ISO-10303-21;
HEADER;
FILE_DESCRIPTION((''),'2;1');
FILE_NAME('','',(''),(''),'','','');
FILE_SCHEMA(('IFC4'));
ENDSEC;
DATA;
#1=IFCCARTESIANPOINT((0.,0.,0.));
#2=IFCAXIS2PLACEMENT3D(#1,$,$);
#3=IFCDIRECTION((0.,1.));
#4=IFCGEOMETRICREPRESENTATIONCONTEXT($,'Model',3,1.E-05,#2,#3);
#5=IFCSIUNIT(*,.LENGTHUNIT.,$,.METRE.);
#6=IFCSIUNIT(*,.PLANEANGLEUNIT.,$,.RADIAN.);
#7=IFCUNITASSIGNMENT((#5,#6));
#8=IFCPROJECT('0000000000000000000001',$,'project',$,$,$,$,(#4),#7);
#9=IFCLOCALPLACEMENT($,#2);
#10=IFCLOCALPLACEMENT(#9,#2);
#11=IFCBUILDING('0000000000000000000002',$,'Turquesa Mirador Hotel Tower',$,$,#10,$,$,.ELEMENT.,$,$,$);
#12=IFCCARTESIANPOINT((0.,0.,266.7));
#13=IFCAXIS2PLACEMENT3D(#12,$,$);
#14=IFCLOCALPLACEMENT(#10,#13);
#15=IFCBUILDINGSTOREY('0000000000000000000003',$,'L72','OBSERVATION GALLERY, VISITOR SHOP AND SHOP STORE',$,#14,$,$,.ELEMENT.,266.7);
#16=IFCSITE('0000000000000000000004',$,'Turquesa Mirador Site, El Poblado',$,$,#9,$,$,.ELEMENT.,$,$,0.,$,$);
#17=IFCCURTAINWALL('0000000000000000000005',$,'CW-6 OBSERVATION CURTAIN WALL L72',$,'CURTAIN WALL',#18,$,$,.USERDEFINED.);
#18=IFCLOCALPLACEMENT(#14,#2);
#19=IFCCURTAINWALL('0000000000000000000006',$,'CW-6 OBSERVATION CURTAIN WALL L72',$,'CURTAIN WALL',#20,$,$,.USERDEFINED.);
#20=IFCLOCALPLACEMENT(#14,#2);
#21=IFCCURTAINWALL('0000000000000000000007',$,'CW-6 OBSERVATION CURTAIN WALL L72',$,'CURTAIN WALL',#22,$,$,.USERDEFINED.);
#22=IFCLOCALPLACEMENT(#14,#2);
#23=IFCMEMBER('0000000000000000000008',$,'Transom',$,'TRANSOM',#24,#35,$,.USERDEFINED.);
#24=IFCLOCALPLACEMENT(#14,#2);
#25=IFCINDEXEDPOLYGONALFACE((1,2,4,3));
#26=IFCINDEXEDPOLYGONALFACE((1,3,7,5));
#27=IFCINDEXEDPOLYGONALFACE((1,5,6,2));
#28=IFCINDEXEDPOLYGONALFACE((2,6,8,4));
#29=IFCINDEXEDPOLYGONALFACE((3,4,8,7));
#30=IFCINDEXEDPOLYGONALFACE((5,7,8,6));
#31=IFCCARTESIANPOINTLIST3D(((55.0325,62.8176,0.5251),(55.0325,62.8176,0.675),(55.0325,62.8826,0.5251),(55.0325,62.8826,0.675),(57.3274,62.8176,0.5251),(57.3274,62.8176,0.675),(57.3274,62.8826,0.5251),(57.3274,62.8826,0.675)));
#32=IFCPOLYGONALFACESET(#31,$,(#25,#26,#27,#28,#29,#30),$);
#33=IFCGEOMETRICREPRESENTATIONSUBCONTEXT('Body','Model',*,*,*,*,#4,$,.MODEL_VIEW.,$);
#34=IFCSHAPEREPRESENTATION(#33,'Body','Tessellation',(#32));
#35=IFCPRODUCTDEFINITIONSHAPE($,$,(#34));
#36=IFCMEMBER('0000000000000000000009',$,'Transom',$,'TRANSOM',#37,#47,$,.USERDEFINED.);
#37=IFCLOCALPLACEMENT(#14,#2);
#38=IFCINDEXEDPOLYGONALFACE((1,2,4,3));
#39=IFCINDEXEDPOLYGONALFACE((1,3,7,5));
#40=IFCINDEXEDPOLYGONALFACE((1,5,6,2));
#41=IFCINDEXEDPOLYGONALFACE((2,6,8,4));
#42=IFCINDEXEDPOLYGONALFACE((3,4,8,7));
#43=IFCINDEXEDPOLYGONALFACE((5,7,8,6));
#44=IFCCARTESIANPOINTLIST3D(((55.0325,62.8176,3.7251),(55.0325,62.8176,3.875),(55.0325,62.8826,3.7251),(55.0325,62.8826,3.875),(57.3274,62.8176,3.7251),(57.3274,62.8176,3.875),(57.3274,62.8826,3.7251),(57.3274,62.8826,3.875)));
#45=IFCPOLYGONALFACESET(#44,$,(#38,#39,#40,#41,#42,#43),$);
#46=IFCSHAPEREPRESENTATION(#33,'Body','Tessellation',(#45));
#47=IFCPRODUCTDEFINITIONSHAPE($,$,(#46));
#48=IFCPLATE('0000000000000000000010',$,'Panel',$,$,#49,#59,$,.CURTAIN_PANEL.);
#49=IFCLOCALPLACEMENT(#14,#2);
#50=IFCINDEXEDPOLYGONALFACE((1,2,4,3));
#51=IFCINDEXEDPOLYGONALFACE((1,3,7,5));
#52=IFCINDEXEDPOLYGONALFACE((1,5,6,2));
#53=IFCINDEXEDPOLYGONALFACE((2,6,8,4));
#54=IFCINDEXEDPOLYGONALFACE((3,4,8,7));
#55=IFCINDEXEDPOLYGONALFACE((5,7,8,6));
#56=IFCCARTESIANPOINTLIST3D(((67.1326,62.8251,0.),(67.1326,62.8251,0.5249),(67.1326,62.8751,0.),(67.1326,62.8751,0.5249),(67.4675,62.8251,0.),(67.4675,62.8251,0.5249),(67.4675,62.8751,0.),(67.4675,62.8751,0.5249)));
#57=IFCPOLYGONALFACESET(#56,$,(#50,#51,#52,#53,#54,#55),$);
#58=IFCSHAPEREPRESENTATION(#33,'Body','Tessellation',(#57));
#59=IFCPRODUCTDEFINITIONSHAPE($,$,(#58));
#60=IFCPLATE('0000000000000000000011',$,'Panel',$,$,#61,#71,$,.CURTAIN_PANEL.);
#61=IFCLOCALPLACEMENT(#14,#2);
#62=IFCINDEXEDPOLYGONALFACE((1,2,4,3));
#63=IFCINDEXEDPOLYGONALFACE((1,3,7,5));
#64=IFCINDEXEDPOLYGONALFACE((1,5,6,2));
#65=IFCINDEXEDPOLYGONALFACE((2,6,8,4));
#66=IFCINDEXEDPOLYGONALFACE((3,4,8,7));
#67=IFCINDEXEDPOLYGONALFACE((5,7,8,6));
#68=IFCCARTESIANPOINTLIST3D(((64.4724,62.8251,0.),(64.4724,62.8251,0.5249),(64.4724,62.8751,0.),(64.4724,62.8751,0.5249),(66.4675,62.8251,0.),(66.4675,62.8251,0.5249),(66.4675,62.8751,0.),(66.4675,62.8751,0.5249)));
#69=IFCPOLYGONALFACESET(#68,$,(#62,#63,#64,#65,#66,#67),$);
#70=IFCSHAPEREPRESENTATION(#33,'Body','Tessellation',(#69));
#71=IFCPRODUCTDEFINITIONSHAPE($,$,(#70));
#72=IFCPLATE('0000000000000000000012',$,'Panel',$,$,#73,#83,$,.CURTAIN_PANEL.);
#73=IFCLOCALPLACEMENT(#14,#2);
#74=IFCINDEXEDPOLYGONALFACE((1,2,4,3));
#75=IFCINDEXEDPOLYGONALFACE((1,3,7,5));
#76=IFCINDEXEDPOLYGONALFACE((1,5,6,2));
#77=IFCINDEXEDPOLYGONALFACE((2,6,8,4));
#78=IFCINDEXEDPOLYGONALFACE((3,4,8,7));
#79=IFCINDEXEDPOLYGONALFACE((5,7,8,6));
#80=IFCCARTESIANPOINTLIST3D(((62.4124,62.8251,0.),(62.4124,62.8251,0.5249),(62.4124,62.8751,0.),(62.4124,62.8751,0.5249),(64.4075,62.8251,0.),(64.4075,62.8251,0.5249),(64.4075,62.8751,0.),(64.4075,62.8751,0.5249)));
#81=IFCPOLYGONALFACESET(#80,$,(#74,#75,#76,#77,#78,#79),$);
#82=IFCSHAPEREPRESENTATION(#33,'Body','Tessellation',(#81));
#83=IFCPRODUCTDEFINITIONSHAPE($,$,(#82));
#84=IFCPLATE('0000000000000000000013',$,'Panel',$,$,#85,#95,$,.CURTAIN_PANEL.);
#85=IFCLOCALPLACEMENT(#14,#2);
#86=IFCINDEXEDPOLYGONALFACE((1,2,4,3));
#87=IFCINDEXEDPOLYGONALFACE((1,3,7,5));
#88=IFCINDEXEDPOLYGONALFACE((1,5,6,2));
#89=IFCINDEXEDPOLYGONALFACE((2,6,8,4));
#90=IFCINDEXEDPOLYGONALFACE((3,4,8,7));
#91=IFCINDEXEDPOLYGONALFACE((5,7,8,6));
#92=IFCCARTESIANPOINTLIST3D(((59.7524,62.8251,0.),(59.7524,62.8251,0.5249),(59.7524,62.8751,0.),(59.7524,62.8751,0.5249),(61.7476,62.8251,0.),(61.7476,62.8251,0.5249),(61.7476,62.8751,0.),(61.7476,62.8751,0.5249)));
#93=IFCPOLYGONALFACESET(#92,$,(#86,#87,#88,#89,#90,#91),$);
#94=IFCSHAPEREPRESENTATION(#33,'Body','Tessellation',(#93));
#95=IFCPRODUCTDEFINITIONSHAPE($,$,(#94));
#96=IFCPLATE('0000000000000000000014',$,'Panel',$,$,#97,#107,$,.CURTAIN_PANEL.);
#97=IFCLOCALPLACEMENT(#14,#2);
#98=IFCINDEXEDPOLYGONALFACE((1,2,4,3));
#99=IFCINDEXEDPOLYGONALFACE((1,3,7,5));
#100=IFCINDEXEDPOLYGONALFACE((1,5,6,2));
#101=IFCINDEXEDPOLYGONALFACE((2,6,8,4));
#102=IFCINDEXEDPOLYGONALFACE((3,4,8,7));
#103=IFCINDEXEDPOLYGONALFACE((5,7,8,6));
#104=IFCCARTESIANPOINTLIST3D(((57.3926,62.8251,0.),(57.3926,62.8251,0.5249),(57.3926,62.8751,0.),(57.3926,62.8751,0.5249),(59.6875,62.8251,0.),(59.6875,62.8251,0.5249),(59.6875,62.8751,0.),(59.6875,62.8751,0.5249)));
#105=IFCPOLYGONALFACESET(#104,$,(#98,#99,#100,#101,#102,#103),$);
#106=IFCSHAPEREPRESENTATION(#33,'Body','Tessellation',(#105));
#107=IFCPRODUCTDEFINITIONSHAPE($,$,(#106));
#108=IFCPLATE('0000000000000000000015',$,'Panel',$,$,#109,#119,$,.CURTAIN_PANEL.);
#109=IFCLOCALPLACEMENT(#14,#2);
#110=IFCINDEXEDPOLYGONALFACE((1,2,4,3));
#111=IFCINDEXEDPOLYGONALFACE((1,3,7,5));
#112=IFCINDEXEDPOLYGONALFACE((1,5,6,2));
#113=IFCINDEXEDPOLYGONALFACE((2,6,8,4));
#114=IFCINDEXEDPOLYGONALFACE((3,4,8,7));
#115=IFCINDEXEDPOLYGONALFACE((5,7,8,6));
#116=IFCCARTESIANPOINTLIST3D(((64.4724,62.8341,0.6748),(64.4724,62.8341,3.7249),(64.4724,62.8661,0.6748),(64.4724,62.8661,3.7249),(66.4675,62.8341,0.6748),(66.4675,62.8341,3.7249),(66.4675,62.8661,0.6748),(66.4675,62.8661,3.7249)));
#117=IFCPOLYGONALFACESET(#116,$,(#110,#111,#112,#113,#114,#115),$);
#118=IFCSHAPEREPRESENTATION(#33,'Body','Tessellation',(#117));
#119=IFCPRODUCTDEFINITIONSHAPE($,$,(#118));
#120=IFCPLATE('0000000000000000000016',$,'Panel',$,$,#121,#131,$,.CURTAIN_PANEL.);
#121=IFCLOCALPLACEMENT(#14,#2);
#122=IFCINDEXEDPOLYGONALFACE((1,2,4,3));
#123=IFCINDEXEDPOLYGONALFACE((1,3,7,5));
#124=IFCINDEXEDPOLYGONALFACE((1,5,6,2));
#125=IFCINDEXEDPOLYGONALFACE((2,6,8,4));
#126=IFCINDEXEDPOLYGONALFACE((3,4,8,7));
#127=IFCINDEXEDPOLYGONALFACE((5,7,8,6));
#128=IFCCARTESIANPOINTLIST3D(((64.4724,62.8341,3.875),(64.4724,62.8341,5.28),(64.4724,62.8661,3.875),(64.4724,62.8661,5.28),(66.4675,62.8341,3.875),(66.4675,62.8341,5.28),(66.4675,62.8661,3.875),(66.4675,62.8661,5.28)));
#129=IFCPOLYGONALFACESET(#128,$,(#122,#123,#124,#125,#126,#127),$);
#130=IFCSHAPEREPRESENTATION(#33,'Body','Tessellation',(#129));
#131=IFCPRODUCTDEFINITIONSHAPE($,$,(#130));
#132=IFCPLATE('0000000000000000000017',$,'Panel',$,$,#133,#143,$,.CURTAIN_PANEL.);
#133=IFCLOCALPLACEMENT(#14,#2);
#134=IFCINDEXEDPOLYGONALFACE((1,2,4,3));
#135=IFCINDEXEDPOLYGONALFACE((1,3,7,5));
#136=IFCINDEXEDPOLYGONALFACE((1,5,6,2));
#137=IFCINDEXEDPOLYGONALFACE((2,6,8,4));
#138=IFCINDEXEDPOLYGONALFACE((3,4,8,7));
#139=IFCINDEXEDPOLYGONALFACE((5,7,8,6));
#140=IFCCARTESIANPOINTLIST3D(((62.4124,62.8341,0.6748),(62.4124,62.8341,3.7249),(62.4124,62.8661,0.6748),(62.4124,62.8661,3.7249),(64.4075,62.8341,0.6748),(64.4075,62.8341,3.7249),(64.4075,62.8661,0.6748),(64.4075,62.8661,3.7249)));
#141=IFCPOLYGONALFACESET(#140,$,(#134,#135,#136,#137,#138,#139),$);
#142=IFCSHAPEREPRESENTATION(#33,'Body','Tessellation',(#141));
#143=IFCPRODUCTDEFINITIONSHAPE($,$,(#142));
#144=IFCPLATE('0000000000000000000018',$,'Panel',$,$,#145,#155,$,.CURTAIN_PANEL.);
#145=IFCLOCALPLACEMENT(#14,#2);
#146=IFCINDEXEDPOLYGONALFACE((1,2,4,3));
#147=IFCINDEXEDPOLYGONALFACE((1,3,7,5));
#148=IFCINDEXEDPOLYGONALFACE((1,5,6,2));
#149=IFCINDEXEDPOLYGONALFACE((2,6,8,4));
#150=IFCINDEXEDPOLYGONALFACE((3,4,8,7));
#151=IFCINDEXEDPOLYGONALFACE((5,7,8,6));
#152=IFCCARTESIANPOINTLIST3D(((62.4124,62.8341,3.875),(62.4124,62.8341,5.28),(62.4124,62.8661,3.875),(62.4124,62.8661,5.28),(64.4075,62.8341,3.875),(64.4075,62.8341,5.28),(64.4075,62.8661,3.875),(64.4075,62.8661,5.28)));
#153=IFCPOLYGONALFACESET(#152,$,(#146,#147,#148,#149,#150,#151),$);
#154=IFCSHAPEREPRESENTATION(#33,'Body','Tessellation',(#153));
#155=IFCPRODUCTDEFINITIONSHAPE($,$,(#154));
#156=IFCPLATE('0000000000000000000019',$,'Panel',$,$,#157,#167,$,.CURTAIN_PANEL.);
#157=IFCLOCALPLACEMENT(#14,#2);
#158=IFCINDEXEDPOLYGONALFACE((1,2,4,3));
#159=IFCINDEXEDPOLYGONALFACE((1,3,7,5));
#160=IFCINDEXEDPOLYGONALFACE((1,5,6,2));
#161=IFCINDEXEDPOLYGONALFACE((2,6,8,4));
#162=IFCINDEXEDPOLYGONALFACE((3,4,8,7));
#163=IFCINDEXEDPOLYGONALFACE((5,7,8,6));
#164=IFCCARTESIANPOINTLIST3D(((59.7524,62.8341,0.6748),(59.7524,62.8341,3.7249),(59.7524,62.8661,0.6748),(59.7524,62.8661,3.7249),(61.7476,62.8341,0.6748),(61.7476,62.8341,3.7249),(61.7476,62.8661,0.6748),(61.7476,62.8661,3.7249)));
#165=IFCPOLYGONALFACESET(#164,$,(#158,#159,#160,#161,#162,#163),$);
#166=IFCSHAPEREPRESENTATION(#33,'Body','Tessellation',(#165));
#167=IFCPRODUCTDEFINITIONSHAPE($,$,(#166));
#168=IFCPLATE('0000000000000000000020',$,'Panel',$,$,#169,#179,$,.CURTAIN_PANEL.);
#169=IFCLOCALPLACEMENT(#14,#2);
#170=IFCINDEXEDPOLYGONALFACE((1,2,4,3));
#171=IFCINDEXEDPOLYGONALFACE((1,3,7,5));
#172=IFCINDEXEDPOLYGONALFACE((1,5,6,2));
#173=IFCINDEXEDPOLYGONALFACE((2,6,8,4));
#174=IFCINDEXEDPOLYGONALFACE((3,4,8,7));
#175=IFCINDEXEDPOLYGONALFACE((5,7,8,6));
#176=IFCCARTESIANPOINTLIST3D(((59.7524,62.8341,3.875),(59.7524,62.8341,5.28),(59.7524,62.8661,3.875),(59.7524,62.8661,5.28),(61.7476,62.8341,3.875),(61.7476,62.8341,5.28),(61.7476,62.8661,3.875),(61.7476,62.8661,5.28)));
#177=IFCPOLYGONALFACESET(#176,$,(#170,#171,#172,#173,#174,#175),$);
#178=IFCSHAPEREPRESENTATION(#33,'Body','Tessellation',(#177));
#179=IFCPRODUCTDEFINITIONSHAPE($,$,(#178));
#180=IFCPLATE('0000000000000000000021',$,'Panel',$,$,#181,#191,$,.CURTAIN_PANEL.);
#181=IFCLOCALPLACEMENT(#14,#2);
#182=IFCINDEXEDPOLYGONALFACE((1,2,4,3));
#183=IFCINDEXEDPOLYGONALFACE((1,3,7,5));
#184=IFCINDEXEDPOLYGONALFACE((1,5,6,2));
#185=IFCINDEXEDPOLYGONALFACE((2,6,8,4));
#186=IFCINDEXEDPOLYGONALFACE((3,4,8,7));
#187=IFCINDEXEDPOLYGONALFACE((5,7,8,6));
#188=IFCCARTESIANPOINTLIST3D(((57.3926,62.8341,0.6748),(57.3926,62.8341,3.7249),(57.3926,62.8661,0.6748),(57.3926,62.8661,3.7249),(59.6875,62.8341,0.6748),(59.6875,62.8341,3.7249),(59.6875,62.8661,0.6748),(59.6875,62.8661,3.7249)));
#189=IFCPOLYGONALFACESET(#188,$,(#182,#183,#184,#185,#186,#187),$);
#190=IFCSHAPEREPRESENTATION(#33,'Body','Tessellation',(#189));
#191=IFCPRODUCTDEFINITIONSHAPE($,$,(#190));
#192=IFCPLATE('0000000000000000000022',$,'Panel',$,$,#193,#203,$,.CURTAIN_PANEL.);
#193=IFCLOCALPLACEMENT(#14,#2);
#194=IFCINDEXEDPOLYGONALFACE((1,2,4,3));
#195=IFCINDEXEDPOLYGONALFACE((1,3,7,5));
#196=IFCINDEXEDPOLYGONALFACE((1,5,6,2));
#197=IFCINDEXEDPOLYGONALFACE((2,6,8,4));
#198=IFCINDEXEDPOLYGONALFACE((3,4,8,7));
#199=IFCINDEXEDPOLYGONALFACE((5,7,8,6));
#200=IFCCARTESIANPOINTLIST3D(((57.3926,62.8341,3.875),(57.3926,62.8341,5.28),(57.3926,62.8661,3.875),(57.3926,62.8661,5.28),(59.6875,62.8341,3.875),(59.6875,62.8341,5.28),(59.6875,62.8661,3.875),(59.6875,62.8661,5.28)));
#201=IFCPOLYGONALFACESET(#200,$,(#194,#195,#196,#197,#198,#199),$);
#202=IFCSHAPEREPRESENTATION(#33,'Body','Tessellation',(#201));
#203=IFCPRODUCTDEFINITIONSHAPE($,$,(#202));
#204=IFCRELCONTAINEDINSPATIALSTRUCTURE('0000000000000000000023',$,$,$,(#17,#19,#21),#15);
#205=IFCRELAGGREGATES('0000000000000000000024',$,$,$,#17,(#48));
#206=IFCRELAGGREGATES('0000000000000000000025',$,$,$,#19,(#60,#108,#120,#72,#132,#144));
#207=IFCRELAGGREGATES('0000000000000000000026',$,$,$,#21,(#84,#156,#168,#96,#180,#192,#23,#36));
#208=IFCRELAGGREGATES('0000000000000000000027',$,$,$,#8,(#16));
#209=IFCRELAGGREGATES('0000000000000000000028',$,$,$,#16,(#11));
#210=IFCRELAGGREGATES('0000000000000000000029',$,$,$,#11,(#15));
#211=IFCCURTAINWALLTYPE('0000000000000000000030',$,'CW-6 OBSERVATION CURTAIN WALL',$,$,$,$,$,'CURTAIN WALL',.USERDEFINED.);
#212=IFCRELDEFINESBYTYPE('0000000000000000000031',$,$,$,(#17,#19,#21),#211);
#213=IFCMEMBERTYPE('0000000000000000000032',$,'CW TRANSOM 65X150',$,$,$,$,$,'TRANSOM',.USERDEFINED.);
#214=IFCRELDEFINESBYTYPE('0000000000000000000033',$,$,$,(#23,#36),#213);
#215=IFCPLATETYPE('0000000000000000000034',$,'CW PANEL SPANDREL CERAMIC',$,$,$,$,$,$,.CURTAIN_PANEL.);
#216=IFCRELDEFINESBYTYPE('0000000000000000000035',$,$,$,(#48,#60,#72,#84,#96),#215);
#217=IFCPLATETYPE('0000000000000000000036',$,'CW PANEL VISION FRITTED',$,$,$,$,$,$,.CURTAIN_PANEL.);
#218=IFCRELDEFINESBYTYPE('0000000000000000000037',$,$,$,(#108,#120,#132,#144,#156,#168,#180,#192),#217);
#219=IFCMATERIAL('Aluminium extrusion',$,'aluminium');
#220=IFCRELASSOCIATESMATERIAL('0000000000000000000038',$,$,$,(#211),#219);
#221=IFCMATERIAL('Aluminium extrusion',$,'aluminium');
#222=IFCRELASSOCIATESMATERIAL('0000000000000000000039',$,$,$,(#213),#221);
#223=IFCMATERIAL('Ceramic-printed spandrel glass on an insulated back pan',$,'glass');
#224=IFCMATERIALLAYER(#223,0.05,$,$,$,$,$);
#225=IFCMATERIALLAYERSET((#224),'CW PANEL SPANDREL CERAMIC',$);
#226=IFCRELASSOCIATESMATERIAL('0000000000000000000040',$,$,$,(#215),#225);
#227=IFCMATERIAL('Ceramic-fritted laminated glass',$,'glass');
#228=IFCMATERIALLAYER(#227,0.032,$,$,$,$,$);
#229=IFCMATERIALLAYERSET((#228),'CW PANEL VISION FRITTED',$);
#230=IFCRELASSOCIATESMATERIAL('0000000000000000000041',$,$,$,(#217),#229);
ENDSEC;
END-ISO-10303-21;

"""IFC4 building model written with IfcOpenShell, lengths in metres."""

from ifc_helpers import new_model, si_unit, direction, frame, origin, origin_2d, place, context, subcontext, project, spatial, rectangle, extrude, material, layer, layer_set, material_profile, profile_set, type_object, element, aggregate, save


model = new_model("IFC4")

# Units and contexts
model_context = context("Model", 3, precision=1e-05, world=origin(), true_north=direction((0.0, 1.0)))
body_context = subcontext(model_context, "Body", "Model", "MODEL_VIEW")
ifc_project = project(units=[si_unit("LENGTHUNIT", "METRE"), si_unit("PLANEANGLEUNIT", "RADIAN")], contexts=[model_context])

# Site, building, storey
site_placement = place(None, origin())
site = spatial("IfcSite", under=ifc_project, at=site_placement, Name="Turquesa Mirador Site, El Poblado", CompositionType="ELEMENT", RefElevation=0.0)
building_placement = place(site_placement, origin())
building = spatial("IfcBuilding", under=site, at=building_placement, Name="Turquesa Mirador Hotel Tower", CompositionType="ELEMENT")
storey_placement = place(building_placement, frame((0.0, 0.0, 266.7)))
storey = spatial("IfcBuildingStorey", under=building, at=storey_placement, Name="L72", Description="OBSERVATION GALLERY, VISITOR SHOP AND SHOP STORE", CompositionType="ELEMENT", Elevation=266.7)

# Curtain wall
ifc_material_1 = material(Name="Aluminium extrusion", Category="aluminium")
curtain_wall_type = type_object("IfcCurtainWallType", Name="CW-6 OBSERVATION CURTAIN WALL", ElementType="CURTAIN WALL", PredefinedType="USERDEFINED", material=ifc_material_1)
curtain_wall_1_placement = place(storey_placement, origin())
curtain_wall_1 = element("IfcCurtainWall", 1, at=curtain_wall_1_placement, inside=storey, type_object=curtain_wall_type, Name="CW-6 OBSERVATION CURTAIN WALL L72", ObjectType="CURTAIN WALL", PredefinedType="USERDEFINED")

# Curtain walls
curtain_wall_2_placement = place(storey_placement, origin())
curtain_wall_2 = element("IfcCurtainWall", 2, at=curtain_wall_2_placement, inside=storey, type_object=curtain_wall_type, Name="CW-6 OBSERVATION CURTAIN WALL L72", ObjectType="CURTAIN WALL", PredefinedType="USERDEFINED")
curtain_wall_3_placement = place(storey_placement, origin())
curtain_wall_3 = element("IfcCurtainWall", 3, at=curtain_wall_3_placement, inside=storey, type_object=curtain_wall_type, Name="CW-6 OBSERVATION CURTAIN WALL L72", ObjectType="CURTAIN WALL", PredefinedType="USERDEFINED")

# Members
ifc_material_2 = material(Name="Aluminium extrusion", Category="aluminium")
ifc_material_profile_1 = material_profile(ifc_material_2, rectangle(XDim=0.0649, YDim=0.1499, at=origin_2d()), Name="TRANSOM 65X150")
ifc_profile_set_1 = profile_set([ifc_material_profile_1], Name="Aluminium extrusion")
member_type_1 = type_object("IfcMemberType", Name="CW TRANSOM 65X150", ElementType="TRANSOM", PredefinedType="USERDEFINED", material=ifc_profile_set_1)
member_1_placement = place(storey_placement, frame((57.3274, 62.8501, 0.6001), z_axis=(-1.0, 0.0, 0.0), x_axis=(0.0, -1.0, 0.0)))
member_1 = element("IfcMember", 4, at=member_1_placement, type_object=member_type_1, Name="Transom", ObjectType="TRANSOM", PredefinedType="USERDEFINED", context=body_context, shape_type="SweptSolid", body=[
    extrude(rectangle(XDim=0.0649, YDim=0.1499, at=origin_2d()), origin(), (0.0, 0.0, 1.0), 2.2949),
])
member_2_placement = place(storey_placement, frame((57.3274, 62.8501, 3.8), z_axis=(-1.0, 0.0, 0.0), x_axis=(0.0, -1.0, 0.0)))
member_2 = element("IfcMember", 5, at=member_2_placement, type_object=member_type_1, Name="Transom", ObjectType="TRANSOM", PredefinedType="USERDEFINED", context=body_context, shape_type="SweptSolid", body=[
    extrude(rectangle(XDim=0.0649, YDim=0.1499, at=origin_2d()), origin(), (0.0, 0.0, 1.0), 2.2949),
])

# Plates
ifc_material_3 = material(Name="Ceramic-printed spandrel glass on an insulated back pan", Category="glass")
ifc_layer_1 = layer(ifc_material_3, 0.05)
ifc_layer_set_1 = layer_set([ifc_layer_1], Name="CW PANEL SPANDREL CERAMIC")
plate_type_1 = type_object("IfcPlateType", Name="CW PANEL SPANDREL CERAMIC", PredefinedType="CURTAIN_PANEL", material=ifc_layer_set_1)
plate_1_placement = place(storey_placement, frame((67.3, 62.8501, 0.0), z_axis=(0.0, 0.0, 1.0), x_axis=(-1.0, 0.0, 0.0)))
plate_1 = element("IfcPlate", 6, at=plate_1_placement, type_object=plate_type_1, Name="Panel", PredefinedType="CURTAIN_PANEL", context=body_context, shape_type="SweptSolid", body=[
    extrude(rectangle(XDim=0.335, YDim=0.05, at=origin_2d()), origin(), (0.0, 0.0, 1.0), 0.5249),
])
aggregate(curtain_wall_1, [plate_1])
plate_2_placement = place(storey_placement, frame((65.47, 62.8501, 0.0), z_axis=(0.0, 0.0, 1.0), x_axis=(-1.0, 0.0, 0.0)))
plate_2 = element("IfcPlate", 7, at=plate_2_placement, type_object=plate_type_1, Name="Panel", PredefinedType="CURTAIN_PANEL", context=body_context, shape_type="SweptSolid", body=[
    extrude(rectangle(XDim=1.9951, YDim=0.05, at=origin_2d()), origin(), (0.0, 0.0, 1.0), 0.5249),
])
plate_3_placement = place(storey_placement, frame((63.4099, 62.8501, 0.0), z_axis=(0.0, 0.0, 1.0), x_axis=(-1.0, 0.0, 0.0)))
plate_3 = element("IfcPlate", 8, at=plate_3_placement, type_object=plate_type_1, Name="Panel", PredefinedType="CURTAIN_PANEL", context=body_context, shape_type="SweptSolid", body=[
    extrude(rectangle(XDim=1.9951, YDim=0.05, at=origin_2d()), origin(), (0.0, 0.0, 1.0), 0.5249),
])
plate_4_placement = place(storey_placement, frame((60.75, 62.8501, 0.0), z_axis=(0.0, 0.0, 1.0), x_axis=(-1.0, 0.0, 0.0)))
plate_4 = element("IfcPlate", 9, at=plate_4_placement, type_object=plate_type_1, Name="Panel", PredefinedType="CURTAIN_PANEL", context=body_context, shape_type="SweptSolid", body=[
    extrude(rectangle(XDim=1.9951, YDim=0.05, at=origin_2d()), origin(), (0.0, 0.0, 1.0), 0.5249),
])
plate_5_placement = place(storey_placement, frame((58.54, 62.8501, 0.0), z_axis=(0.0, 0.0, 1.0), x_axis=(-1.0, 0.0, 0.0)))
plate_5 = element("IfcPlate", 10, at=plate_5_placement, type_object=plate_type_1, Name="Panel", PredefinedType="CURTAIN_PANEL", context=body_context, shape_type="SweptSolid", body=[
    extrude(rectangle(XDim=2.2949, YDim=0.05, at=origin_2d()), origin(), (0.0, 0.0, 1.0), 0.5249),
])
ifc_material_4 = material(Name="Ceramic-fritted laminated glass", Category="glass")
ifc_layer_2 = layer(ifc_material_4, 0.032)
ifc_layer_set_2 = layer_set([ifc_layer_2], Name="CW PANEL VISION FRITTED")
plate_type_2 = type_object("IfcPlateType", Name="CW PANEL VISION FRITTED", PredefinedType="CURTAIN_PANEL", material=ifc_layer_set_2)
plate_6_placement = place(storey_placement, frame((65.47, 62.8501, 0.6748), z_axis=(0.0, 0.0, 1.0), x_axis=(-1.0, 0.0, 0.0)))
plate_6 = element("IfcPlate", 11, at=plate_6_placement, type_object=plate_type_2, Name="Panel", PredefinedType="CURTAIN_PANEL", context=body_context, shape_type="SweptSolid", body=[
    extrude(rectangle(XDim=1.9951, YDim=0.032, at=origin_2d()), origin(), (0.0, 0.0, 1.0), 3.05),
])
plate_7_placement = place(storey_placement, frame((65.47, 62.8501, 3.875), z_axis=(0.0, 0.0, 1.0), x_axis=(-1.0, 0.0, 0.0)))
plate_7 = element("IfcPlate", 12, at=plate_7_placement, type_object=plate_type_2, Name="Panel", PredefinedType="CURTAIN_PANEL", context=body_context, shape_type="SweptSolid", body=[
    extrude(rectangle(XDim=1.9951, YDim=0.032, at=origin_2d()), origin(), (0.0, 0.0, 1.0), 1.405),
])
plate_8_placement = place(storey_placement, frame((63.4099, 62.8501, 0.6748), z_axis=(0.0, 0.0, 1.0), x_axis=(-1.0, 0.0, 0.0)))
plate_8 = element("IfcPlate", 13, at=plate_8_placement, type_object=plate_type_2, Name="Panel", PredefinedType="CURTAIN_PANEL", context=body_context, shape_type="SweptSolid", body=[
    extrude(rectangle(XDim=1.9951, YDim=0.032, at=origin_2d()), origin(), (0.0, 0.0, 1.0), 3.05),
])
plate_9_placement = place(storey_placement, frame((63.4099, 62.8501, 3.875), z_axis=(0.0, 0.0, 1.0), x_axis=(-1.0, 0.0, 0.0)))
plate_9 = element("IfcPlate", 14, at=plate_9_placement, type_object=plate_type_2, Name="Panel", PredefinedType="CURTAIN_PANEL", context=body_context, shape_type="SweptSolid", body=[
    extrude(rectangle(XDim=1.9951, YDim=0.032, at=origin_2d()), origin(), (0.0, 0.0, 1.0), 1.405),
])
aggregate(curtain_wall_2, [plate_2, plate_6, plate_7, plate_3, plate_8, plate_9])
plate_10_placement = place(storey_placement, frame((60.75, 62.8501, 0.6748), z_axis=(0.0, 0.0, 1.0), x_axis=(-1.0, 0.0, 0.0)))
plate_10 = element("IfcPlate", 15, at=plate_10_placement, type_object=plate_type_2, Name="Panel", PredefinedType="CURTAIN_PANEL", context=body_context, shape_type="SweptSolid", body=[
    extrude(rectangle(XDim=1.9951, YDim=0.032, at=origin_2d()), origin(), (0.0, 0.0, 1.0), 3.05),
])
plate_11_placement = place(storey_placement, frame((60.75, 62.8501, 3.875), z_axis=(0.0, 0.0, 1.0), x_axis=(-1.0, 0.0, 0.0)))
plate_11 = element("IfcPlate", 16, at=plate_11_placement, type_object=plate_type_2, Name="Panel", PredefinedType="CURTAIN_PANEL", context=body_context, shape_type="SweptSolid", body=[
    extrude(rectangle(XDim=1.9951, YDim=0.032, at=origin_2d()), origin(), (0.0, 0.0, 1.0), 1.405),
])
plate_12_placement = place(storey_placement, frame((58.54, 62.8501, 0.6748), z_axis=(0.0, 0.0, 1.0), x_axis=(-1.0, 0.0, 0.0)))
plate_12 = element("IfcPlate", 17, at=plate_12_placement, type_object=plate_type_2, Name="Panel", PredefinedType="CURTAIN_PANEL", context=body_context, shape_type="SweptSolid", body=[
    extrude(rectangle(XDim=2.2949, YDim=0.032, at=origin_2d()), origin(), (0.0, 0.0, 1.0), 3.05),
])
plate_13_placement = place(storey_placement, frame((58.54, 62.8501, 3.875), z_axis=(0.0, 0.0, 1.0), x_axis=(-1.0, 0.0, 0.0)))
plate_13 = element("IfcPlate", 18, at=plate_13_placement, type_object=plate_type_2, Name="Panel", PredefinedType="CURTAIN_PANEL", context=body_context, shape_type="SweptSolid", body=[
    extrude(rectangle(XDim=2.2949, YDim=0.032, at=origin_2d()), origin(), (0.0, 0.0, 1.0), 1.405),
])
aggregate(curtain_wall_3, [plate_4, plate_10, plate_11, plate_5, plate_12, plate_13, member_1, member_2])

save(model, "model.ifc")
